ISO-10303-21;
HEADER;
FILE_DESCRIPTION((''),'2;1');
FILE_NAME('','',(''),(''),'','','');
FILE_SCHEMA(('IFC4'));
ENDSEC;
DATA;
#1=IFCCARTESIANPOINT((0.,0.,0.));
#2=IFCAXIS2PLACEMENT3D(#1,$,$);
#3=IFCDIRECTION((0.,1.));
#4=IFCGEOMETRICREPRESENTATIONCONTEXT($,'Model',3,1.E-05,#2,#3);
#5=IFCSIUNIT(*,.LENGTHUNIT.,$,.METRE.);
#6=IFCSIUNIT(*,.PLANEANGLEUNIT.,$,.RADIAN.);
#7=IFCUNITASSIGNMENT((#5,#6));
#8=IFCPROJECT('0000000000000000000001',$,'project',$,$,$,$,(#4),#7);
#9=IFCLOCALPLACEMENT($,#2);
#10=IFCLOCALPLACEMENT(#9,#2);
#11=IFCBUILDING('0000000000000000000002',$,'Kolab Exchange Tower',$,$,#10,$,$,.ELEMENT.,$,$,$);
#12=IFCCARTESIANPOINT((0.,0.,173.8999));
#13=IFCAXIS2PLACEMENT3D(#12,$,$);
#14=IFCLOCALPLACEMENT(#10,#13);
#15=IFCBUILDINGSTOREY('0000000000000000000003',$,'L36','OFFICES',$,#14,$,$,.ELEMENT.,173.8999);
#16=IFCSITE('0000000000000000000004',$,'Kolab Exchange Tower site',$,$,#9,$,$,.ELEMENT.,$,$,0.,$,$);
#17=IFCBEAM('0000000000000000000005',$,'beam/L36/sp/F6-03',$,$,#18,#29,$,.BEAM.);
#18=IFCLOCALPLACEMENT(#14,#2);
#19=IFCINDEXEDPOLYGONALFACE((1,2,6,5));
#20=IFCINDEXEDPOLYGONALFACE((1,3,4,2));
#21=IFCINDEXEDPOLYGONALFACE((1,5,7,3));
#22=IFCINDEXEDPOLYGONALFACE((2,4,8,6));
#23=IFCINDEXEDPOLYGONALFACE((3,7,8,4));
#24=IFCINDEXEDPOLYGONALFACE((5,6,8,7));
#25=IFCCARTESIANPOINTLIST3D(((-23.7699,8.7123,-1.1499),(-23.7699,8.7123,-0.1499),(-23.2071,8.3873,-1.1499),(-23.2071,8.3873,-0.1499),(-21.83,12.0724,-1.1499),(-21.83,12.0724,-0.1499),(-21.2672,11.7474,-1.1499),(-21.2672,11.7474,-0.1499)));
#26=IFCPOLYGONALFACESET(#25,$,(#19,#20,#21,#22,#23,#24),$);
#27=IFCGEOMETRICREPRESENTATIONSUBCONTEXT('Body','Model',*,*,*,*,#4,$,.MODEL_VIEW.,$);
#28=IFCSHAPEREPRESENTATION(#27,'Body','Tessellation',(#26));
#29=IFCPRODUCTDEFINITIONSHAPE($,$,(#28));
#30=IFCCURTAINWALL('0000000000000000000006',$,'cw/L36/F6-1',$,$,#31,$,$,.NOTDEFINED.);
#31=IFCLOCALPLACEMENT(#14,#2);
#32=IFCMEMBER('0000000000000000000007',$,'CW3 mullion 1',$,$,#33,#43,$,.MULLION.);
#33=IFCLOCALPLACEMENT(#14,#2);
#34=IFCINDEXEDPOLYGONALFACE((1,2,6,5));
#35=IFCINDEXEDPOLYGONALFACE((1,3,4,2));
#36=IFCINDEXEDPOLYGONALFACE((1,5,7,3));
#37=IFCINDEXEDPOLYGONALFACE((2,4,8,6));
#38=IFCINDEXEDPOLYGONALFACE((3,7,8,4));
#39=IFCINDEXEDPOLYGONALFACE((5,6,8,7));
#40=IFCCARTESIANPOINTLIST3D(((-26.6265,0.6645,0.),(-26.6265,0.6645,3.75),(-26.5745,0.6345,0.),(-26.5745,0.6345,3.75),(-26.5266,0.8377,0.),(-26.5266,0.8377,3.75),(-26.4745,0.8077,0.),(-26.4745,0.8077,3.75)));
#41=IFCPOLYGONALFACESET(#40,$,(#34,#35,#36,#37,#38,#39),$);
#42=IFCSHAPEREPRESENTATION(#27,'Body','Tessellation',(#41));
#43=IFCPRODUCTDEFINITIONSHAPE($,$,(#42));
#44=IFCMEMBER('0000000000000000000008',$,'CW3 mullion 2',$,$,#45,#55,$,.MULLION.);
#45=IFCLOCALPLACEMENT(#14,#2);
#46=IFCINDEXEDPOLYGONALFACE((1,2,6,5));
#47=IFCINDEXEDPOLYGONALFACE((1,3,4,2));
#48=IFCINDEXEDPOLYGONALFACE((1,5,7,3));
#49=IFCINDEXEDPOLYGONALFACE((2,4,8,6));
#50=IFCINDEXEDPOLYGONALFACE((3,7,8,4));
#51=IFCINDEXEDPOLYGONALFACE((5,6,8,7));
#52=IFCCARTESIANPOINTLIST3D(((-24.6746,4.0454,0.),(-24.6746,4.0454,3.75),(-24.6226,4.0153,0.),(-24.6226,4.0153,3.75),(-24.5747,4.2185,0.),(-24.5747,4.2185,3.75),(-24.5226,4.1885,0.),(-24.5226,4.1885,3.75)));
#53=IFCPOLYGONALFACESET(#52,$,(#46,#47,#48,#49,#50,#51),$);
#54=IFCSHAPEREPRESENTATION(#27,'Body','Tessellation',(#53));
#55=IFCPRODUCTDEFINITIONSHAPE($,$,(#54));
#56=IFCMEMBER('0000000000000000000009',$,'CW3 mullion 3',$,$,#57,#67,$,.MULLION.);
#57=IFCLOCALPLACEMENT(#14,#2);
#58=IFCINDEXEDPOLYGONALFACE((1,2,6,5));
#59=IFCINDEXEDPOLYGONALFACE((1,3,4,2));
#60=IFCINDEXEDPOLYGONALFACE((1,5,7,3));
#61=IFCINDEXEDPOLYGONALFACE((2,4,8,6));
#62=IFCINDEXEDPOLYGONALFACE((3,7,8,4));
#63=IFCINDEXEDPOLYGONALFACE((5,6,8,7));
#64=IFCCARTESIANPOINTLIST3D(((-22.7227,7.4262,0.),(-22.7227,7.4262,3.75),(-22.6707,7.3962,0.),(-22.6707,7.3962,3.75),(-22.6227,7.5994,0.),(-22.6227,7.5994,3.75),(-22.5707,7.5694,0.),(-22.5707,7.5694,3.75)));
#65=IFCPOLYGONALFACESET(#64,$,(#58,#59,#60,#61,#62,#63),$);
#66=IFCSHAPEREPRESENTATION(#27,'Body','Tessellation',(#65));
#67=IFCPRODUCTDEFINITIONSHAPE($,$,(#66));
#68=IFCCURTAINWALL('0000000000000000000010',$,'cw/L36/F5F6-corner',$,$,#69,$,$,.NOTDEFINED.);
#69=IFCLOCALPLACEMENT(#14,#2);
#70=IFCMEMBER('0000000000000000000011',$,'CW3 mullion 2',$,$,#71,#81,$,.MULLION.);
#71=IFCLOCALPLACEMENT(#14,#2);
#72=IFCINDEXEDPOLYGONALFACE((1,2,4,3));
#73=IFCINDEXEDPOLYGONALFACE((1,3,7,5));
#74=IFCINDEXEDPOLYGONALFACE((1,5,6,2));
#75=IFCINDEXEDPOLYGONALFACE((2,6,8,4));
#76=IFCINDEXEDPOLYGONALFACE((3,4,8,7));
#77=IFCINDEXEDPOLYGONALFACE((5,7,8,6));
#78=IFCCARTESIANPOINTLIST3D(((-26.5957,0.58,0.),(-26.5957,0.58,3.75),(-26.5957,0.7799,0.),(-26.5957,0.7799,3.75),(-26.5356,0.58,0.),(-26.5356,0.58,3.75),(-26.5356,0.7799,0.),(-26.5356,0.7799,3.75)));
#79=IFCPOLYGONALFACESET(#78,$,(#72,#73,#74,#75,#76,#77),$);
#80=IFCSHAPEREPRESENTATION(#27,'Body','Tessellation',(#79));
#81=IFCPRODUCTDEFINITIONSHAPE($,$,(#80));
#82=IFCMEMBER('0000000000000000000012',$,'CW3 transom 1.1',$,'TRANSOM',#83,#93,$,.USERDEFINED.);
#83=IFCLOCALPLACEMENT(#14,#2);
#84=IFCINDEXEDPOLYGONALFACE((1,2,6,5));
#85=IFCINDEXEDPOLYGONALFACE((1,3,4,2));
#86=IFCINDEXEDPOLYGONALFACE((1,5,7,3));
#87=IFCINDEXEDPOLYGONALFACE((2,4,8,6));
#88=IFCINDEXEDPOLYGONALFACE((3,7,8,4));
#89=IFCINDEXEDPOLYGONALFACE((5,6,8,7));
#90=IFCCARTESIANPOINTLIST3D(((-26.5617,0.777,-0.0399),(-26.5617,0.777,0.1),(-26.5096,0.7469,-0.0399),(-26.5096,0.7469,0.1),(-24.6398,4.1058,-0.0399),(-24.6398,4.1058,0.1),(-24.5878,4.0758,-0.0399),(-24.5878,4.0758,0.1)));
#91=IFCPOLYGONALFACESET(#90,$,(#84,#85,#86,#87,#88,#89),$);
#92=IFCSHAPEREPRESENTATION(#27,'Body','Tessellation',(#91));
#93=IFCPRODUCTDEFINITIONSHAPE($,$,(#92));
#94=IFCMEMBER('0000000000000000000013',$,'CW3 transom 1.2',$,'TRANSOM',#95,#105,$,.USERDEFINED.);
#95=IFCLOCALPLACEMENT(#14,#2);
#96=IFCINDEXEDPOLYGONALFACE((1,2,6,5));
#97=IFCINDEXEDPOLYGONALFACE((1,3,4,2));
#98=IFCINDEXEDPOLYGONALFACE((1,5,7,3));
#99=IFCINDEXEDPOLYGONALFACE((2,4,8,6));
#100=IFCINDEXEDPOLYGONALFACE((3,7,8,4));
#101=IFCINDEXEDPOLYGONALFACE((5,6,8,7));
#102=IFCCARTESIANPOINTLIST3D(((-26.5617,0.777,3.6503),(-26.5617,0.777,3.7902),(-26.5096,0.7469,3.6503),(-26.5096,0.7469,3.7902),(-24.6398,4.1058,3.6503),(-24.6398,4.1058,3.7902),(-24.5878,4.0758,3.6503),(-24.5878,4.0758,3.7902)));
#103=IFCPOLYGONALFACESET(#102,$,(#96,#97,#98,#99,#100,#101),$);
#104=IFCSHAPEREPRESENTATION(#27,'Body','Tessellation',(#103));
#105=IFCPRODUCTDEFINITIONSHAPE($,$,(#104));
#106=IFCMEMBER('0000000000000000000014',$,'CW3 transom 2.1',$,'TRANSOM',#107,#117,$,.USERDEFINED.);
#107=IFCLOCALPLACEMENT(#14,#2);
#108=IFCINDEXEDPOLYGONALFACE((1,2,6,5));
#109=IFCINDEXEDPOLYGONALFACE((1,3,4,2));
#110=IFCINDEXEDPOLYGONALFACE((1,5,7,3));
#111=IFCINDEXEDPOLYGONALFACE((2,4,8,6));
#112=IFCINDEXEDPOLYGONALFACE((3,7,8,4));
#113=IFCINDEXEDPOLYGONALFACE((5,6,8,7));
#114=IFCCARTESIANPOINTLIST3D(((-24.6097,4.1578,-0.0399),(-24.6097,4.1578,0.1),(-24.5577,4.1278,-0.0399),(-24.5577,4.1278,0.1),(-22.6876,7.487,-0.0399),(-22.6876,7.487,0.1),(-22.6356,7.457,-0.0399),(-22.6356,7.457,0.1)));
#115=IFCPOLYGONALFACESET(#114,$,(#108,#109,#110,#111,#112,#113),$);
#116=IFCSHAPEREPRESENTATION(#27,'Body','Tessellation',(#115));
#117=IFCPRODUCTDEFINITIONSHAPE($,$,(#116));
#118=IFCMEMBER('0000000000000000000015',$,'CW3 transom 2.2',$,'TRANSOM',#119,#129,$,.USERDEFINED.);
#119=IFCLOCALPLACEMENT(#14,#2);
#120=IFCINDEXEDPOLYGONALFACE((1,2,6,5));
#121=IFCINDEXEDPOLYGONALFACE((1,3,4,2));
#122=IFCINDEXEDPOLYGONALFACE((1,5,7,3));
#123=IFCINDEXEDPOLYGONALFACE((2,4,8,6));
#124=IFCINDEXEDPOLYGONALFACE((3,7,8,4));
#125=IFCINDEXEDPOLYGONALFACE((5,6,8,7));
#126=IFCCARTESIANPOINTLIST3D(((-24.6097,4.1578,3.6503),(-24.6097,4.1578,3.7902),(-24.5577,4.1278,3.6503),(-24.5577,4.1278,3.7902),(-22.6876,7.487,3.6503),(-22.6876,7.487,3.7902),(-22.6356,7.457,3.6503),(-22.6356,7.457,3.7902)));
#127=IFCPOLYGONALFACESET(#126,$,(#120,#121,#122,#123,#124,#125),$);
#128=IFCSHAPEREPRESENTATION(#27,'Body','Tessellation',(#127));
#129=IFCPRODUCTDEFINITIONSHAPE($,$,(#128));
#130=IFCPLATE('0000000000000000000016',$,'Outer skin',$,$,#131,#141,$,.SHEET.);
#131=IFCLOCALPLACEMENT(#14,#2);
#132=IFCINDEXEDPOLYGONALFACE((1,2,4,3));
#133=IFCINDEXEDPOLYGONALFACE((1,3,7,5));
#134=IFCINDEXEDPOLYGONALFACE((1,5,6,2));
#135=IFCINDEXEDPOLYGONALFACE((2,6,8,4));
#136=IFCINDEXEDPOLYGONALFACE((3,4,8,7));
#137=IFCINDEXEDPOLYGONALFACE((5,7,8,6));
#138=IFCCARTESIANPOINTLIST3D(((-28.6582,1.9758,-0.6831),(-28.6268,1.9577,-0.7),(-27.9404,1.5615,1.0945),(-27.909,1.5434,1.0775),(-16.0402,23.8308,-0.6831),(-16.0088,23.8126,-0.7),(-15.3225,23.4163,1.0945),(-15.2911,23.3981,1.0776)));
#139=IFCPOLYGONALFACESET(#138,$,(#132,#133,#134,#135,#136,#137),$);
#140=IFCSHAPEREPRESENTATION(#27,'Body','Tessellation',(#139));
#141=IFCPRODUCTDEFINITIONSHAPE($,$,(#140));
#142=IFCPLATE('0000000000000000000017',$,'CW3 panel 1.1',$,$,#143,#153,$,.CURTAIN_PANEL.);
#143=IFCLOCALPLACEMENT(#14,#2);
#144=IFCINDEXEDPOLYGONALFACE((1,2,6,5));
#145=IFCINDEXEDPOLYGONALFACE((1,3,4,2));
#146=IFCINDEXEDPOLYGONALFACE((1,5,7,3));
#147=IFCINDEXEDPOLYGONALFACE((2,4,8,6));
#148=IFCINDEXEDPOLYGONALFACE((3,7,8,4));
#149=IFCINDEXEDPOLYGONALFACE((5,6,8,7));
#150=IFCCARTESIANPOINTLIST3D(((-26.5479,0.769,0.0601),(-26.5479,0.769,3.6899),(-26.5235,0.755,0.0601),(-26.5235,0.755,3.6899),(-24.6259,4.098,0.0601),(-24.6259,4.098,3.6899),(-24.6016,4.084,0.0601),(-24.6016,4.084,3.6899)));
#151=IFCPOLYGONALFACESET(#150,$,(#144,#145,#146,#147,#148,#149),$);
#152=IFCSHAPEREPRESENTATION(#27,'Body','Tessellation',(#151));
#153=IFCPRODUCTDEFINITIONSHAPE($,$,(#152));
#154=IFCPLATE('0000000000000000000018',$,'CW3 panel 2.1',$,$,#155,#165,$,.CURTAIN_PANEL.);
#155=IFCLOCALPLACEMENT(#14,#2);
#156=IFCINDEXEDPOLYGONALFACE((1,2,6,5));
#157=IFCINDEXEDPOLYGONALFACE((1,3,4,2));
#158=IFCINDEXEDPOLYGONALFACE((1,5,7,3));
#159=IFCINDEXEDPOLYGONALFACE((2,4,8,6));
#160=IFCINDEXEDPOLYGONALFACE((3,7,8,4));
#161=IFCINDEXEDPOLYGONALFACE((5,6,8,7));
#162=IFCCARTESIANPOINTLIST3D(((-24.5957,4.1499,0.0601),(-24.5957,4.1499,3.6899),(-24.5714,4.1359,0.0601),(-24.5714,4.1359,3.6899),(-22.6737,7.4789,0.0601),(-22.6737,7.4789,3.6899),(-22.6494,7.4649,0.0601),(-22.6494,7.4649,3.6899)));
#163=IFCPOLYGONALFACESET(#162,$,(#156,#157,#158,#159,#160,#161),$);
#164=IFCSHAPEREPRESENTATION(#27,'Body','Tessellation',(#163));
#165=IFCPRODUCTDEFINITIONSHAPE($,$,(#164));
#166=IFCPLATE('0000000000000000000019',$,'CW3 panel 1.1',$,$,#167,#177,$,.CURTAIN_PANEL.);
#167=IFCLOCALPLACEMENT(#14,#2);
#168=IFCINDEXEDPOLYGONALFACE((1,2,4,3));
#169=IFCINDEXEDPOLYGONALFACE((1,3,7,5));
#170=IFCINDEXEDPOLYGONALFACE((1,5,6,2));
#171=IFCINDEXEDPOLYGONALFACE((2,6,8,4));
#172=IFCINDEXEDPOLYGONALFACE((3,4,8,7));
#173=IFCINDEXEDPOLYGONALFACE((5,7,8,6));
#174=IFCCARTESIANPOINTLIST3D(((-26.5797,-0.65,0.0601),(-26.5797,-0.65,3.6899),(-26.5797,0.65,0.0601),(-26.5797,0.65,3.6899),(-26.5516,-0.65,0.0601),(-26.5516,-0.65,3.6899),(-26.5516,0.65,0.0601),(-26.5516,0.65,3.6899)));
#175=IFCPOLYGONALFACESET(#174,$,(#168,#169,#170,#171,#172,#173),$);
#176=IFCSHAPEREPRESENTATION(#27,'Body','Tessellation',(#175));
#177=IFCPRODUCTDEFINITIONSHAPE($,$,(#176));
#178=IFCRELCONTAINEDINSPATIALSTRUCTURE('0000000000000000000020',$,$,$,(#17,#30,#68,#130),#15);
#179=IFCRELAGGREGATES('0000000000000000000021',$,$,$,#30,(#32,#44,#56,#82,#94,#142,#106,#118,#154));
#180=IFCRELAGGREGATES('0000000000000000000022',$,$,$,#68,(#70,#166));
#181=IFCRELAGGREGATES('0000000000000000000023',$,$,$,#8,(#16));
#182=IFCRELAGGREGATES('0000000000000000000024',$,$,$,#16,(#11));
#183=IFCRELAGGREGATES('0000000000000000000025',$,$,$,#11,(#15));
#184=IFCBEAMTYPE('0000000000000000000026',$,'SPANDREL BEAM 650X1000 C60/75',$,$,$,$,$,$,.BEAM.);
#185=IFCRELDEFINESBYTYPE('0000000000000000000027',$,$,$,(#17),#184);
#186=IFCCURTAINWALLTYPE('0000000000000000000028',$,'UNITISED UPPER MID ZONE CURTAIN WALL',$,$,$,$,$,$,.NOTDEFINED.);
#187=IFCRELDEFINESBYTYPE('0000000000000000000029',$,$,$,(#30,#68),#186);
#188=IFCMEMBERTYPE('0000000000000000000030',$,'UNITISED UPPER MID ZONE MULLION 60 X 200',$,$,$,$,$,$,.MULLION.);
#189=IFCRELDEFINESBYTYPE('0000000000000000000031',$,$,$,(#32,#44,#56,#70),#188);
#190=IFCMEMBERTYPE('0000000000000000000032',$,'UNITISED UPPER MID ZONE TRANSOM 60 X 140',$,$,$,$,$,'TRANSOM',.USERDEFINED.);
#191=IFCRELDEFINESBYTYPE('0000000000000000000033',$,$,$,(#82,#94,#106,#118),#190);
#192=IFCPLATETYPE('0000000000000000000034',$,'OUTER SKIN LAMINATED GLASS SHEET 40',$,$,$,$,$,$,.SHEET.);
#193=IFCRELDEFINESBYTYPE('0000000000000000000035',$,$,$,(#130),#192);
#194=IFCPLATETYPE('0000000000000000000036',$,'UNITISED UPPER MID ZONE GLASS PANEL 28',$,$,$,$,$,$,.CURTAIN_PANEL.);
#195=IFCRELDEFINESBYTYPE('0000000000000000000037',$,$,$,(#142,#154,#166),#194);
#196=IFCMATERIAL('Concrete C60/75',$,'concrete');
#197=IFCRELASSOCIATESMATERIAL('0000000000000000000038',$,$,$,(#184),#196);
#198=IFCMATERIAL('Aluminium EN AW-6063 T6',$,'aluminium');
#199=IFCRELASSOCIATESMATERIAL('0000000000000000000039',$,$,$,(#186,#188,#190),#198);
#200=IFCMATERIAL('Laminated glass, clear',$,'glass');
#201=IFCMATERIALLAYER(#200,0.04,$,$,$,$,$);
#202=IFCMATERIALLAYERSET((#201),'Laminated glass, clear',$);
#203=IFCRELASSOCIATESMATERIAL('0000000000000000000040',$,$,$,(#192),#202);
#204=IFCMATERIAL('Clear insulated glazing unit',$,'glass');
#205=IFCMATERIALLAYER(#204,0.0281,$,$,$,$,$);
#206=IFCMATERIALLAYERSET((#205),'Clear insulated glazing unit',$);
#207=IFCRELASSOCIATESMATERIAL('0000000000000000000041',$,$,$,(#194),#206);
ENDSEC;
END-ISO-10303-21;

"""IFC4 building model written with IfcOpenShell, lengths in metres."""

from ifc_helpers import new_model, si_unit, direction, frame, origin, origin_2d, place, context, subcontext, project, spatial, polyline, rectangle, outline, extrude, material, layer, layer_set, material_profile, profile_set, type_object, element, aggregate, save


model = new_model("IFC4")

# Units and contexts
model_context = context("Model", 3, precision=1e-05, world=origin(), true_north=direction((0.0, 1.0)))
body_context = subcontext(model_context, "Body", "Model", "MODEL_VIEW")
ifc_project = project(units=[si_unit("LENGTHUNIT", "METRE"), si_unit("PLANEANGLEUNIT", "RADIAN")], contexts=[model_context])

# Site, building, storey
site_placement = place(None, origin())
site = spatial("IfcSite", under=ifc_project, at=site_placement, Name="Kolab Exchange Tower site", CompositionType="ELEMENT", RefElevation=0.0)
building_placement = place(site_placement, origin())
building = spatial("IfcBuilding", under=site, at=building_placement, Name="Kolab Exchange Tower", CompositionType="ELEMENT")
storey_placement = place(building_placement, frame((0.0, 0.0, 173.8999)))
storey = spatial("IfcBuildingStorey", under=building, at=storey_placement, Name="L36", Description="OFFICES", CompositionType="ELEMENT", Elevation=173.8999)

# Shared definitions
ifc_material_1 = material(Name="Concrete C60/75", Category="concrete")

# Beam
ifc_material_profile_1 = material_profile(ifc_material_1, rectangle(XDim=0.6499, YDim=1.0, at=origin_2d()), Name="RC650X1000")
ifc_profile_set_1 = profile_set([ifc_material_profile_1], Name="Concrete C60/75")
beam_type_1 = type_object("IfcBeamType", Name="SPANDREL BEAM 650X1000 C60/75", PredefinedType="BEAM", material=ifc_profile_set_1)
for number, where, z_axis, x_axis, name in (
    (1, (-23.4885, 8.5498, -0.6499), (0.499997, 0.866027, 0.0), (-0.866027, 0.499997, 0.0), "beam/L36/sp/F6-03"),
):
    element("IfcBeam", number, at=place(storey_placement, frame(where, z_axis=z_axis, x_axis=x_axis)), inside=storey, type_object=beam_type_1, Name=name, PredefinedType="BEAM", context=body_context, shape_type="SweptSolid", body=[
        extrude(rectangle(XDim=0.6499, YDim=1.0, at=origin_2d()), origin(), (0.0, 0.0, 1.0), 3.8799),
    ])

# Curtain wall, members
ifc_material_2 = material(Name="Aluminium EN AW-6063 T6", Category="aluminium")
curtain_wall_type = type_object("IfcCurtainWallType", Name="UNITISED UPPER MID ZONE CURTAIN WALL", PredefinedType="NOTDEFINED", material=ifc_material_2)
curtain_wall_1_placement = place(storey_placement, origin())
curtain_wall_1 = element("IfcCurtainWall", 2, at=curtain_wall_1_placement, inside=storey, type_object=curtain_wall_type, Name="cw/L36/F6-1", PredefinedType="NOTDEFINED")
ifc_material_profile_2 = material_profile(ifc_material_2, rectangle(XDim=0.0601, YDim=0.2, at=origin_2d()), Name="RECT 60X200")
ifc_profile_set_2 = profile_set([ifc_material_profile_2], Name="Aluminium EN AW-6063 T6")
member_type_1 = type_object("IfcMemberType", Name="UNITISED UPPER MID ZONE MULLION 60 X 200", PredefinedType="MULLION", material=ifc_profile_set_2)
member_1_placement = place(storey_placement, frame((-26.5505, 0.7361, 0.0), z_axis=(0.0, 0.0, 1.0), x_axis=(-0.866025, 0.5, 0.0)))
member_1 = element("IfcMember", 3, at=member_1_placement, type_object=member_type_1, Name="CW3 mullion 1", PredefinedType="MULLION", context=body_context, shape_type="SweptSolid", body=[
    extrude(rectangle(XDim=0.0601, YDim=0.2, at=origin_2d()), origin(), (0.0, 0.0, 1.0), 3.75),
])
member_2_placement = place(storey_placement, frame((-24.5986, 4.1169, 0.0), z_axis=(0.0, 0.0, 1.0), x_axis=(-0.866025, 0.5, 0.0)))
member_2 = element("IfcMember", 4, at=member_2_placement, type_object=member_type_1, Name="CW3 mullion 2", PredefinedType="MULLION", context=body_context, shape_type="SweptSolid", body=[
    extrude(rectangle(XDim=0.0601, YDim=0.2, at=origin_2d()), origin(), (0.0, 0.0, 1.0), 3.75),
])
member_3_placement = place(storey_placement, frame((-22.6467, 7.4978, 0.0), z_axis=(0.0, 0.0, 1.0), x_axis=(-0.866025, 0.5, 0.0)))
member_3 = element("IfcMember", 5, at=member_3_placement, type_object=member_type_1, Name="CW3 mullion 3", PredefinedType="MULLION", context=body_context, shape_type="SweptSolid", body=[
    extrude(rectangle(XDim=0.0601, YDim=0.2, at=origin_2d()), origin(), (0.0, 0.0, 1.0), 3.75),
])

# Curtain wall, member
curtain_wall_2_placement = place(storey_placement, origin())
curtain_wall_2 = element("IfcCurtainWall", 6, at=curtain_wall_2_placement, inside=storey, type_object=curtain_wall_type, Name="cw/L36/F5F6-corner", PredefinedType="NOTDEFINED")
member_4_placement = place(storey_placement, frame((-26.5657, 0.6799, 0.0), z_axis=(0.0, 0.0, 1.0), x_axis=(-1.0, 0.0, 0.0)))
member_4 = element("IfcMember", 7, at=member_4_placement, type_object=member_type_1, Name="CW3 mullion 2", PredefinedType="MULLION", context=body_context, shape_type="SweptSolid", body=[
    extrude(rectangle(XDim=0.0601, YDim=0.2, at=origin_2d()), origin(), (0.0, 0.0, 1.0), 3.75),
])

# Members
ifc_material_profile_3 = material_profile(ifc_material_2, rectangle(XDim=0.0601, YDim=0.1399, at=origin_2d()), Name="RECT 60X140")
ifc_profile_set_3 = profile_set([ifc_material_profile_3], Name="Aluminium EN AW-6063 T6")
member_type_2 = type_object("IfcMemberType", Name="UNITISED UPPER MID ZONE TRANSOM 60 X 140", ElementType="TRANSOM", PredefinedType="USERDEFINED", material=ifc_profile_set_3)
member_5_placement = place(storey_placement, frame((-26.5356, 0.762, 0.03), z_axis=(0.499992, 0.86603, 0.0), x_axis=(-0.86603, 0.499992, 0.0)))
member_5 = element("IfcMember", 8, at=member_5_placement, type_object=member_type_2, Name="CW3 transom 1.1", ObjectType="TRANSOM", PredefinedType="USERDEFINED", context=body_context, shape_type="SweptSolid", body=[
    extrude(rectangle(XDim=0.0601, YDim=0.1399, at=origin_2d()), origin(), (0.0, 0.0, 1.0), 3.8438),
])
member_6_placement = place(storey_placement, frame((-26.5356, 0.762, 3.7202), z_axis=(0.499992, 0.86603, 0.0), x_axis=(-0.86603, 0.499992, 0.0)))
member_6 = element("IfcMember", 9, at=member_6_placement, type_object=member_type_2, Name="CW3 transom 1.2", ObjectType="TRANSOM", PredefinedType="USERDEFINED", context=body_context, shape_type="SweptSolid", body=[
    extrude(rectangle(XDim=0.0601, YDim=0.1399, at=origin_2d()), origin(), (0.0, 0.0, 1.0), 3.8438),
])
member_7_placement = place(storey_placement, frame((-24.5837, 4.1428, 0.03), z_axis=(0.500012, 0.866018, 0.0), x_axis=(-0.866018, 0.500012, 0.0)))
member_7 = element("IfcMember", 10, at=member_7_placement, type_object=member_type_2, Name="CW3 transom 2.1", ObjectType="TRANSOM", PredefinedType="USERDEFINED", context=body_context, shape_type="SweptSolid", body=[
    extrude(rectangle(XDim=0.0601, YDim=0.1399, at=origin_2d()), origin(), (0.0, 0.0, 1.0), 3.8442),
])
member_8_placement = place(storey_placement, frame((-24.5837, 4.1428, 3.7202), z_axis=(0.500012, 0.866018, 0.0), x_axis=(-0.866018, 0.500012, 0.0)))
member_8 = element("IfcMember", 11, at=member_8_placement, type_object=member_type_2, Name="CW3 transom 2.2", ObjectType="TRANSOM", PredefinedType="USERDEFINED", context=body_context, shape_type="SweptSolid", body=[
    extrude(rectangle(XDim=0.0601, YDim=0.1399, at=origin_2d()), origin(), (0.0, 0.0, 1.0), 3.8442),
])

# Plates
ifc_material_3 = material(Name="Laminated glass, clear", Category="glass")
ifc_layer_1 = layer(ifc_material_3, 0.04)
ifc_layer_set_1 = layer_set([ifc_layer_1], Name="Laminated glass, clear")
plate_type_1 = type_object("IfcPlateType", Name="OUTER SKIN LAMINATED GLASS SHEET 40", PredefinedType="SHEET", material=ifc_layer_set_1)
plate_1_placement = place(storey_placement, frame((-28.6582, 1.9758, -0.6831), z_axis=(-0.784899, 0.453162, 0.422585), x_axis=(0.5, 0.866025, -0.000001)))
element("IfcPlate", 12, at=plate_1_placement, inside=storey, type_object=plate_type_1, Name="Outer skin", PredefinedType="SHEET", context=body_context, shape_type="SweptSolid", body=[
    extrude(outline(polyline([(0.0, 0.0), (25.2359, 0.0), (25.2358, -1.9613), (0.0001, -1.9613), (0.0, 0.0)])), origin(), (0.0, 0.0, -1.0), 0.04),
])
ifc_material_4 = material(Name="Clear insulated glazing unit", Category="glass")
ifc_layer_2 = layer(ifc_material_4, 0.0281)
ifc_layer_set_2 = layer_set([ifc_layer_2], Name="Clear insulated glazing unit")
plate_type_2 = type_object("IfcPlateType", Name="UNITISED UPPER MID ZONE GLASS PANEL 28", PredefinedType="CURTAIN_PANEL", material=ifc_layer_set_2)
plate_2_placement = place(storey_placement, frame((-25.5747, 2.4265, 0.0601), z_axis=(0.0, 0.0, 1.0), x_axis=(0.5, 0.866025, 0.0)))
plate_2 = element("IfcPlate", 13, at=plate_2_placement, type_object=plate_type_2, Name="CW3 panel 1.1", PredefinedType="CURTAIN_PANEL", context=body_context, shape_type="SweptSolid", body=[
    extrude(rectangle(XDim=3.844, YDim=0.0281, at=origin_2d()), origin(), (0.0, 0.0, 1.0), 3.6299),
])
plate_3_placement = place(storey_placement, frame((-23.6226, 5.8074, 0.0601), z_axis=(0.0, 0.0, 1.0), x_axis=(0.5, 0.866025, 0.0)))
plate_3 = element("IfcPlate", 14, at=plate_3_placement, type_object=plate_type_2, Name="CW3 panel 2.1", PredefinedType="CURTAIN_PANEL", context=body_context, shape_type="SweptSolid", body=[
    extrude(rectangle(XDim=3.844, YDim=0.0281, at=origin_2d()), origin(), (0.0, 0.0, 1.0), 3.6299),
])
aggregate(curtain_wall_1, [member_1, member_2, member_3, member_5, member_6, plate_2, member_7, member_8, plate_3])
plate_4_placement = place(storey_placement, frame((-26.5657, 0.0, 0.0601), z_axis=(0.0, 0.0, 1.0), x_axis=(0.0, 1.0, 0.0)))
plate_4 = element("IfcPlate", 15, at=plate_4_placement, type_object=plate_type_2, Name="CW3 panel 1.1", PredefinedType="CURTAIN_PANEL", context=body_context, shape_type="SweptSolid", body=[
    extrude(rectangle(XDim=1.3, YDim=0.0281, at=origin_2d()), origin(), (0.0, 0.0, 1.0), 3.6299),
])
aggregate(curtain_wall_2, [member_4, plate_4])

save(model, "model.ifc")
